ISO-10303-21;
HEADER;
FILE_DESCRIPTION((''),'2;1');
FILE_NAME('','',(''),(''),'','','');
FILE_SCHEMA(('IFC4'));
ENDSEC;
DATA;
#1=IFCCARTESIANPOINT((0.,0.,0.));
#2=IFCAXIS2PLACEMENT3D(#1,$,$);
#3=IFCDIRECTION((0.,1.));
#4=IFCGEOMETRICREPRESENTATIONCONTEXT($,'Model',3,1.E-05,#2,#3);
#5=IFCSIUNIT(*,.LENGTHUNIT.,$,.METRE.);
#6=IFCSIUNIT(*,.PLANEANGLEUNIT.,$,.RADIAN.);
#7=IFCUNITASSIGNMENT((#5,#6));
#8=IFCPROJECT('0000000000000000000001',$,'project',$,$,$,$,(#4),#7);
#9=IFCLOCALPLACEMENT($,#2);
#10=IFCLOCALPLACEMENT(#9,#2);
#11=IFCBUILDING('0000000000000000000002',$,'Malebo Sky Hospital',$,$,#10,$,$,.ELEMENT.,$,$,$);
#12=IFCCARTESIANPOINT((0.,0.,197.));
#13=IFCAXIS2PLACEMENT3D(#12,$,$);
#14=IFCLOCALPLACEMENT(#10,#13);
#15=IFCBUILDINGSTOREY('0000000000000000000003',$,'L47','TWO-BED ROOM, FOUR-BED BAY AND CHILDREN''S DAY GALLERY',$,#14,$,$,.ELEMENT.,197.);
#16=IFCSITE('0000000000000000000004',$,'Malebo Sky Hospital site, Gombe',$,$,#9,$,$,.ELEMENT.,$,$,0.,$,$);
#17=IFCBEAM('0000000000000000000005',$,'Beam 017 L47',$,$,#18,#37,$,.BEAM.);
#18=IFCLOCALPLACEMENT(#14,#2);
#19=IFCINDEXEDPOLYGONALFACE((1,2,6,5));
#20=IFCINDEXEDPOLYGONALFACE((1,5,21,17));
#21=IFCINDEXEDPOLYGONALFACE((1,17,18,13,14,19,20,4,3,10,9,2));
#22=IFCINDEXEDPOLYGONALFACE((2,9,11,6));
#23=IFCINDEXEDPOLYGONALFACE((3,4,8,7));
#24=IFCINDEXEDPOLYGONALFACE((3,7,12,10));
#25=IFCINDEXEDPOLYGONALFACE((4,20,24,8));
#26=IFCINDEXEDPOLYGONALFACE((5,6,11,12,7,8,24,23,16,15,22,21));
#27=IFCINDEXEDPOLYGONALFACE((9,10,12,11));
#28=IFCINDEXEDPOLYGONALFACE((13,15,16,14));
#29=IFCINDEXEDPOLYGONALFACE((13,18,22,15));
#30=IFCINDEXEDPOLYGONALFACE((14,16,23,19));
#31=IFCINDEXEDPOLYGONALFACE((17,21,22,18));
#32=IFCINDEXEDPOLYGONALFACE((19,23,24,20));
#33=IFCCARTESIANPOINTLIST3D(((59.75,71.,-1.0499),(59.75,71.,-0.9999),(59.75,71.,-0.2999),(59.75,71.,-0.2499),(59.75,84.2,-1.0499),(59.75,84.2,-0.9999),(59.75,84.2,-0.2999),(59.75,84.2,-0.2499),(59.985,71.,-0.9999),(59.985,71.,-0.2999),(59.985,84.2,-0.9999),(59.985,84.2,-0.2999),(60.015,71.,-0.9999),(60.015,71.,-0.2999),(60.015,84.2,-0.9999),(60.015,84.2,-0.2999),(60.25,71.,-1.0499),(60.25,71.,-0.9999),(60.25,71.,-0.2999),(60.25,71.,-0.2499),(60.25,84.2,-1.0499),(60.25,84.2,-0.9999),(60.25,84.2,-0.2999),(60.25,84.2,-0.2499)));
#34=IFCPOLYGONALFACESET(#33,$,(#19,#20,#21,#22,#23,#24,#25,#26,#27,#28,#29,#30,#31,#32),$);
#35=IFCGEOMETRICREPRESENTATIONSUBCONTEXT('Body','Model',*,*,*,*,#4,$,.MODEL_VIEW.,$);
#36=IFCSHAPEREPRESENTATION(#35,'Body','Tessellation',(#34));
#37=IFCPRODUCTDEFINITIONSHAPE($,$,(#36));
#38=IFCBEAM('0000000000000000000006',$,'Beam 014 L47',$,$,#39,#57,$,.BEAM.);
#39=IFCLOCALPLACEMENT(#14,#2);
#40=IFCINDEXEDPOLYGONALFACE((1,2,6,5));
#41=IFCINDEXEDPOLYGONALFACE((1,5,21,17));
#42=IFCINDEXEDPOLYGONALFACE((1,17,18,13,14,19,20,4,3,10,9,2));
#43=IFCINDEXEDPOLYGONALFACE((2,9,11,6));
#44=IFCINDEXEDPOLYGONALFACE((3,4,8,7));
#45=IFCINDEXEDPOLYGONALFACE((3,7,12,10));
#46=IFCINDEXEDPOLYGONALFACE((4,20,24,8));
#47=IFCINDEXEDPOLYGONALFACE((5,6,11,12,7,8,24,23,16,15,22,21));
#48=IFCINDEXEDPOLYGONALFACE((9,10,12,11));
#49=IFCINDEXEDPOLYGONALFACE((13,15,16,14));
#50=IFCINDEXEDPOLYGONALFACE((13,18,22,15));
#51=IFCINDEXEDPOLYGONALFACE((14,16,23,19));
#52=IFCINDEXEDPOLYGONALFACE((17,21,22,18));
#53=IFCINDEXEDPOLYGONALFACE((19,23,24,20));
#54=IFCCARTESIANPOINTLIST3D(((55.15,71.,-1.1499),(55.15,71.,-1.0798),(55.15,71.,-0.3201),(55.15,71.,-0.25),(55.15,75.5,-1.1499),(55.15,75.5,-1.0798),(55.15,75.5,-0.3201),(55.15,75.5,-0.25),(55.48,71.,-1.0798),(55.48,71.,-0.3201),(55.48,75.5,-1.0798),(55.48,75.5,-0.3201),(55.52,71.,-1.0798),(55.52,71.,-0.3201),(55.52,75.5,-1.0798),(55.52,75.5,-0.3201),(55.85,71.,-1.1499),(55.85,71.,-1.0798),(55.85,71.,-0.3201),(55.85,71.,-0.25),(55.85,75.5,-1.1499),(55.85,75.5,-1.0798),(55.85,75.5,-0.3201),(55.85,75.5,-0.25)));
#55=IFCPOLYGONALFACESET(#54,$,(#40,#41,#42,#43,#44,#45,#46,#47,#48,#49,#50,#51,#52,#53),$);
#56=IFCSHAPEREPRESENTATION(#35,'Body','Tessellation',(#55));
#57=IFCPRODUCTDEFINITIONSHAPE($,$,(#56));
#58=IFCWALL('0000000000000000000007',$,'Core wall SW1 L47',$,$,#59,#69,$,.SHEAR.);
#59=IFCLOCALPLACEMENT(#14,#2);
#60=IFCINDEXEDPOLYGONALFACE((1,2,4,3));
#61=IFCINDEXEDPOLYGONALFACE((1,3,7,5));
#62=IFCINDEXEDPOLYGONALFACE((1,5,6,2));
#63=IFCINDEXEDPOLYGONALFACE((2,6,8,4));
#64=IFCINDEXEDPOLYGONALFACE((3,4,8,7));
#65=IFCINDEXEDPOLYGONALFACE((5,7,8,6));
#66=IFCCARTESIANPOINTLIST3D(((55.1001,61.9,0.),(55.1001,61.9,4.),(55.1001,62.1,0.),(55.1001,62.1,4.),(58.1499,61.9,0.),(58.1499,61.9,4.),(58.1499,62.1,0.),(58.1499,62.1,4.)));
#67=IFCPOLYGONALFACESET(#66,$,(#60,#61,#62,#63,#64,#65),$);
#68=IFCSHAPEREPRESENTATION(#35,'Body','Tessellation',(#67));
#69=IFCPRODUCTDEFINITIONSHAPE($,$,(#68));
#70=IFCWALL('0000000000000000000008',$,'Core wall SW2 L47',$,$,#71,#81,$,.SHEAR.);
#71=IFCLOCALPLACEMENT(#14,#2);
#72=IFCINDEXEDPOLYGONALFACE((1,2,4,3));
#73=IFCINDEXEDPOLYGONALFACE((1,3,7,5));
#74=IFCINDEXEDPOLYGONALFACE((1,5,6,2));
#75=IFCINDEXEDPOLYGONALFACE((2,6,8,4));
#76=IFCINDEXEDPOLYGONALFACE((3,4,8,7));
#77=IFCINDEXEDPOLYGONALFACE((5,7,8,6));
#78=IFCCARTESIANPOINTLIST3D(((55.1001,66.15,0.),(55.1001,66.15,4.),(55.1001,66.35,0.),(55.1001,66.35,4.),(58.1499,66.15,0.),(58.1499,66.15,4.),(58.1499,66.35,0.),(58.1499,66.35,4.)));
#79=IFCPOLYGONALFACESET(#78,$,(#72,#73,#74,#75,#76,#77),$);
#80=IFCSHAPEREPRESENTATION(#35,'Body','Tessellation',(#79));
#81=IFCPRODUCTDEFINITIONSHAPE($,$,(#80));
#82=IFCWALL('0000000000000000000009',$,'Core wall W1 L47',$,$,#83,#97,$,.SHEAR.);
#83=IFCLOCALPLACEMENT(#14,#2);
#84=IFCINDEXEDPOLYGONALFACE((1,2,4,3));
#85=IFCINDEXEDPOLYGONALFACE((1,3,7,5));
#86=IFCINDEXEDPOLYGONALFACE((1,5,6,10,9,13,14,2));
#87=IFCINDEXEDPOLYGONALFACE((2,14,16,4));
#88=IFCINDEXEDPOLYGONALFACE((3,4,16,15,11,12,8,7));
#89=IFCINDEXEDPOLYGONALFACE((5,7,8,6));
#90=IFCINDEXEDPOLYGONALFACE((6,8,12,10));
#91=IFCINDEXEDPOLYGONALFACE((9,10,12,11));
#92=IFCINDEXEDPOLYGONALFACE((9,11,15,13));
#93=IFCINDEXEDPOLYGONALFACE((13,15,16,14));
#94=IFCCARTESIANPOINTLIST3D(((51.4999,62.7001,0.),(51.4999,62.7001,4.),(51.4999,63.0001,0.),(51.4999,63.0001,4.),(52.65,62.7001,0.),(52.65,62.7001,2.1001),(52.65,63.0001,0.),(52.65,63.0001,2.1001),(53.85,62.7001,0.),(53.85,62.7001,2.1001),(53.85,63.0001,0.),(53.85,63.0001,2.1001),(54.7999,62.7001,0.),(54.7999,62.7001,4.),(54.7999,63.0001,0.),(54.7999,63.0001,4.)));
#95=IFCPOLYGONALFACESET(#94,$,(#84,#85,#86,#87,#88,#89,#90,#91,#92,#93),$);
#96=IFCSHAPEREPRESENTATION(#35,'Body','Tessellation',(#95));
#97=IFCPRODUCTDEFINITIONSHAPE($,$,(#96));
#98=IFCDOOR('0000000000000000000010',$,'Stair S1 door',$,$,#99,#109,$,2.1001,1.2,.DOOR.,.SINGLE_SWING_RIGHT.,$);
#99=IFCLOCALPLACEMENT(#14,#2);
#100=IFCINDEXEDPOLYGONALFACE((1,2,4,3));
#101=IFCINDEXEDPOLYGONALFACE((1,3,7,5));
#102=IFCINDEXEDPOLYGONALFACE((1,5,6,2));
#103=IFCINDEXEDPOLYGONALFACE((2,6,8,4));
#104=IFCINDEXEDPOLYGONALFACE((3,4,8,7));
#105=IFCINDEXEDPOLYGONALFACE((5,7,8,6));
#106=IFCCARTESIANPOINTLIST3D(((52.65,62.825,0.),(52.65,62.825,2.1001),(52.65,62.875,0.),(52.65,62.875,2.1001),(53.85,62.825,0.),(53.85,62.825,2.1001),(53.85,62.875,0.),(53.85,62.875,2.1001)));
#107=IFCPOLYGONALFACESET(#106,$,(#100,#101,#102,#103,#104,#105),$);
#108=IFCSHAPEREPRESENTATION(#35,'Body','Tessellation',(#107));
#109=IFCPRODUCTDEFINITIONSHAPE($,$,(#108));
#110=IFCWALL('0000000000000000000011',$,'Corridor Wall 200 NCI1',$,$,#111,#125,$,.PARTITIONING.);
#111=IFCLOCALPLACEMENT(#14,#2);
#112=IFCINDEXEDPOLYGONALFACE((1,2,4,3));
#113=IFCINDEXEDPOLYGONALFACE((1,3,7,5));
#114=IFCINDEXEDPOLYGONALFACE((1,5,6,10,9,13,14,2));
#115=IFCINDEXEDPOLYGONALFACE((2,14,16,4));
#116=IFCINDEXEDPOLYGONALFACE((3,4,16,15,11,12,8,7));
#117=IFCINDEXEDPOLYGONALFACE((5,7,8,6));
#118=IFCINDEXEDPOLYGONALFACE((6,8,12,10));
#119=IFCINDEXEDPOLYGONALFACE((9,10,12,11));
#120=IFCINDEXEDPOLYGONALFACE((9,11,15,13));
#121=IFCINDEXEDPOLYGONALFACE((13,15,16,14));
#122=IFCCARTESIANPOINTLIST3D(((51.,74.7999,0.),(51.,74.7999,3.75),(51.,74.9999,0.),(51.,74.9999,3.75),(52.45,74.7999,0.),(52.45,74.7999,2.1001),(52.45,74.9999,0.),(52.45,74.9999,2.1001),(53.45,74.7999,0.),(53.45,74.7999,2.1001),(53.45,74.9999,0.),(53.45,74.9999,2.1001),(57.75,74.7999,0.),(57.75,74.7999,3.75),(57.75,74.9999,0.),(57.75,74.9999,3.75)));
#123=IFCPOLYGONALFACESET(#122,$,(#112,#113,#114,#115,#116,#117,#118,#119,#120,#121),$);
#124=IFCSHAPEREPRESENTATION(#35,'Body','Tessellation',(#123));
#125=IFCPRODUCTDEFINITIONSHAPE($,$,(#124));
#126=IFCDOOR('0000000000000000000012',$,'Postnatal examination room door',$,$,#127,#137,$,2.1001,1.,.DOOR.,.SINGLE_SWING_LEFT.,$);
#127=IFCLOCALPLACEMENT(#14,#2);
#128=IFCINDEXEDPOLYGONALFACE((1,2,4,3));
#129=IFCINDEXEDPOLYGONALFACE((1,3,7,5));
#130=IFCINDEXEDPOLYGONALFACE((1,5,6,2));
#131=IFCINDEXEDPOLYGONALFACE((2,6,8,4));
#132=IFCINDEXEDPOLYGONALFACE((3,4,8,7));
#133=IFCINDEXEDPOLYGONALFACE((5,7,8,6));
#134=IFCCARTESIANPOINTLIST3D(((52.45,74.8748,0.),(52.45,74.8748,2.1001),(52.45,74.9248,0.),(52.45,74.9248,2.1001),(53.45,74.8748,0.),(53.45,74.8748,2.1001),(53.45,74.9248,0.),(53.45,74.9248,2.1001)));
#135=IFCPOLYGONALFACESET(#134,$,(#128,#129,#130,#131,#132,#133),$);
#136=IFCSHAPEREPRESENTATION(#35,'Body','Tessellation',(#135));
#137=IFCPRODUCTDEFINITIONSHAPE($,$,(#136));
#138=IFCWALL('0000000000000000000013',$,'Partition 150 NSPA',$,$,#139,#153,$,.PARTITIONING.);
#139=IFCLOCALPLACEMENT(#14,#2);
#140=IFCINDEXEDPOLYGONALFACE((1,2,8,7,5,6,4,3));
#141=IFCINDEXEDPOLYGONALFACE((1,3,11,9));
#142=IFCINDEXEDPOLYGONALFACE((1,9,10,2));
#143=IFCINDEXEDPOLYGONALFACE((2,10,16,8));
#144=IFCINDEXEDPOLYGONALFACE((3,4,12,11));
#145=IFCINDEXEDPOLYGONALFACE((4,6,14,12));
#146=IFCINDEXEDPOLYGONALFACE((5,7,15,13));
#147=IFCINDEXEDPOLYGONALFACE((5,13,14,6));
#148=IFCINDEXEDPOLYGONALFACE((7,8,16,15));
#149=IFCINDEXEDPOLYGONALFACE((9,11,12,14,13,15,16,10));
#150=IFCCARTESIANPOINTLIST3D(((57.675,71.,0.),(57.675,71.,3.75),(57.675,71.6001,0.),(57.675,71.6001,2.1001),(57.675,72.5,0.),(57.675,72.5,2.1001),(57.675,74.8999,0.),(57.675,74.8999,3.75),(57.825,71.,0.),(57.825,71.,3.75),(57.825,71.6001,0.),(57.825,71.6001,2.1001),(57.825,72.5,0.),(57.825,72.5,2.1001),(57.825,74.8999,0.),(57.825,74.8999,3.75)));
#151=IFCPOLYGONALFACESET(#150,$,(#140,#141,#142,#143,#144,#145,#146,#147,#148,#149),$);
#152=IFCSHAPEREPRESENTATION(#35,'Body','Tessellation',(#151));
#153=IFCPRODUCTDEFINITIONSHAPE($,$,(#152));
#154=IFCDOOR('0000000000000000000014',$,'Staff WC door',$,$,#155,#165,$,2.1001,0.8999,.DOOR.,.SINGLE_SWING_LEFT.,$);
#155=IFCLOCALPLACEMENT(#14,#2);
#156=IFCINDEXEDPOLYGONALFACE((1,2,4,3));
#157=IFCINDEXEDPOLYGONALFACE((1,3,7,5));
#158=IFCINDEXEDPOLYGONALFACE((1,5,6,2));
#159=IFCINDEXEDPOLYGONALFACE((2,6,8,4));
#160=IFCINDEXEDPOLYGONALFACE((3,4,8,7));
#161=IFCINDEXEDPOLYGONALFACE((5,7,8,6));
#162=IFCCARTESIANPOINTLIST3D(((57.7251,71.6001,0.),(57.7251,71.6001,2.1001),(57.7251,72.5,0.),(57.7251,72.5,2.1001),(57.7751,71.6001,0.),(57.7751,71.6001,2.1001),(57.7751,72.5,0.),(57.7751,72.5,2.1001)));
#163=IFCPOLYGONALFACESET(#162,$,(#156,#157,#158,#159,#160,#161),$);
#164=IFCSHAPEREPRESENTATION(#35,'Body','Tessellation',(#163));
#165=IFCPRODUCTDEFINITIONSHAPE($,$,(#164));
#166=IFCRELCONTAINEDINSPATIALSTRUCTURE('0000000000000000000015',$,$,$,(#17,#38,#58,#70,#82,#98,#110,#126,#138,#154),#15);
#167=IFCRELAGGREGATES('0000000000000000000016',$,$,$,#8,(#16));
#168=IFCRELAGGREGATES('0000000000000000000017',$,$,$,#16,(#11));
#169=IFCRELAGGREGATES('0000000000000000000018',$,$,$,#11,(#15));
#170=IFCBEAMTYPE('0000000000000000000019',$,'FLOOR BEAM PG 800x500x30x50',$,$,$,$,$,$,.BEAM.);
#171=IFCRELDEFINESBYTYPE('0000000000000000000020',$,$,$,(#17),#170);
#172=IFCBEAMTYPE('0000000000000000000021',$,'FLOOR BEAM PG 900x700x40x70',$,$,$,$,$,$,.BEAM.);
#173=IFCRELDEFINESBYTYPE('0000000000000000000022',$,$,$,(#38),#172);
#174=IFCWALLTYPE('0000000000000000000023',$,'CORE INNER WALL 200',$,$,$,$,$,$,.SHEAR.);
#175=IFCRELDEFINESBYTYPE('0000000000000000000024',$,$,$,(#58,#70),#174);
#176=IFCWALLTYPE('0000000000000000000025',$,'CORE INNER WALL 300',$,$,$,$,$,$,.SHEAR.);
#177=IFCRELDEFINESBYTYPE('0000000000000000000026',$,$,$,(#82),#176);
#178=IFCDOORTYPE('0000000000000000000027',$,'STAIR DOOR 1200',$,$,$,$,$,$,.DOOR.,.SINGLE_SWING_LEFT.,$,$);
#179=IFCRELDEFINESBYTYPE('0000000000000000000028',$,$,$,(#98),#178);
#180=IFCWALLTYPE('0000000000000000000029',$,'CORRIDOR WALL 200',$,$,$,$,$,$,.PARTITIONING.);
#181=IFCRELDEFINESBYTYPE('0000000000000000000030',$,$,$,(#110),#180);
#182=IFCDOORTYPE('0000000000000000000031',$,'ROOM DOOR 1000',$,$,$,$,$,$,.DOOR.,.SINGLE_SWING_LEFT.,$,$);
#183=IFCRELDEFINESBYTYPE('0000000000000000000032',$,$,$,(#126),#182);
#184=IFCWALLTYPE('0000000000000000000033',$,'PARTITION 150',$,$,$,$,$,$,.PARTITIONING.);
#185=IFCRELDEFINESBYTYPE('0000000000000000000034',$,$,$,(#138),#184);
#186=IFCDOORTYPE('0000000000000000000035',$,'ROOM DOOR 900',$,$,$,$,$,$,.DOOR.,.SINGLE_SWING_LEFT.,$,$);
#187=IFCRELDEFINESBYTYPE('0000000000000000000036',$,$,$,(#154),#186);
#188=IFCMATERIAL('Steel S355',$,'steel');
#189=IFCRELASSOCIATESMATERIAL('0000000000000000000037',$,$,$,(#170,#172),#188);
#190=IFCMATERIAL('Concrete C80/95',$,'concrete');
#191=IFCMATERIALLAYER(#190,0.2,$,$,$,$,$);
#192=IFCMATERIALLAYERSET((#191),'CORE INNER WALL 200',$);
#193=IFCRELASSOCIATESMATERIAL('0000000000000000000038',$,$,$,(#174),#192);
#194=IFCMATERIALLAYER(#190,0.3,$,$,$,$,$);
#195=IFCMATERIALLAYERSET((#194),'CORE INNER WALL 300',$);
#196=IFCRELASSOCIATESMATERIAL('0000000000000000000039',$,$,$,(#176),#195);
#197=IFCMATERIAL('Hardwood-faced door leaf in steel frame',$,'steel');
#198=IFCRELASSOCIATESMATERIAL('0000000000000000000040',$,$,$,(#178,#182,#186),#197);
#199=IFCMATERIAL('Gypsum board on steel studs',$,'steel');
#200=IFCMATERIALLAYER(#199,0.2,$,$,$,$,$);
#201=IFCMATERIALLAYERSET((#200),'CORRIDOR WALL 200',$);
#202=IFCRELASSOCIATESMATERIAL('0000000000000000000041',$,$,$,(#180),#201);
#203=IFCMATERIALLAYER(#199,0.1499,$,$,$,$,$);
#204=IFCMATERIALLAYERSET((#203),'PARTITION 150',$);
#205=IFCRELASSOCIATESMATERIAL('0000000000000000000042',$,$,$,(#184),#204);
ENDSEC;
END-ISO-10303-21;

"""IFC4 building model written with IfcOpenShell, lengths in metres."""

from ifc_helpers import new_model, si_unit, direction, frame, frame_2d, origin, origin_2d, place, context, subcontext, project, spatial, rectangle, i_section, extrude, material, layer, layer_set, material_profile, profile_set, type_object, element, fill, save


model = new_model("IFC4")

# Units and contexts
model_context = context("Model", 3, precision=1e-05, world=origin(), true_north=direction((0.0, 1.0)))
body_context = subcontext(model_context, "Body", "Model", "MODEL_VIEW")
ifc_project = project(units=[si_unit("LENGTHUNIT", "METRE"), si_unit("PLANEANGLEUNIT", "RADIAN")], contexts=[model_context])

# Site, building, storey
site_placement = place(None, origin())
site = spatial("IfcSite", under=ifc_project, at=site_placement, Name="Malebo Sky Hospital site, Gombe", CompositionType="ELEMENT", RefElevation=0.0)
building_placement = place(site_placement, origin())
building = spatial("IfcBuilding", under=site, at=building_placement, Name="Malebo Sky Hospital", CompositionType="ELEMENT")
storey_placement = place(building_placement, frame((0.0, 0.0, 197.0)))
storey = spatial("IfcBuildingStorey", under=building, at=storey_placement, Name="L47", Description="TWO-BED ROOM, FOUR-BED BAY AND CHILDREN'S DAY GALLERY", CompositionType="ELEMENT", Elevation=197.0)

# Beams
ifc_material_1 = material(Name="Steel S355", Category="steel")
ifc_material_profile_1 = material_profile(ifc_material_1, i_section(OverallWidth=0.5, OverallDepth=0.8, WebThickness=0.03, FlangeThickness=0.05, at=origin_2d()), Name="PG 800x500x30x50")
ifc_profile_set_1 = profile_set([ifc_material_profile_1], Name="Steel S355")
beam_type_1 = type_object("IfcBeamType", Name="FLOOR BEAM PG 800x500x30x50", PredefinedType="BEAM", material=ifc_profile_set_1)
beam_1_placement = place(storey_placement, frame((60.0, 71.0, -0.6499), z_axis=(0.0, 1.0, 0.0), x_axis=(-1.0, 0.0, 0.0)))
element("IfcBeam", 1, at=beam_1_placement, inside=storey, type_object=beam_type_1, Name="Beam 017 L47", PredefinedType="BEAM", context=body_context, shape_type="SweptSolid", body=[
    extrude(i_section(OverallWidth=0.5, OverallDepth=0.8, WebThickness=0.03, FlangeThickness=0.05, at=origin_2d()), origin(), (0.0, 0.0, 1.0), 13.2),
])
ifc_material_profile_2 = material_profile(ifc_material_1, i_section(OverallWidth=0.7, OverallDepth=0.8999, WebThickness=0.04, FlangeThickness=0.0701, at=origin_2d()), Name="PG 900x700x40x70")
ifc_profile_set_2 = profile_set([ifc_material_profile_2], Name="Steel S355")
beam_type_2 = type_object("IfcBeamType", Name="FLOOR BEAM PG 900x700x40x70", PredefinedType="BEAM", material=ifc_profile_set_2)
beam_2_placement = place(storey_placement, frame((55.5, 71.0, -0.7), z_axis=(0.0, 1.0, 0.0), x_axis=(-1.0, 0.0, 0.0)))
element("IfcBeam", 2, at=beam_2_placement, inside=storey, type_object=beam_type_2, Name="Beam 014 L47", PredefinedType="BEAM", context=body_context, shape_type="SweptSolid", body=[
    extrude(i_section(OverallWidth=0.7, OverallDepth=0.8999, WebThickness=0.04, FlangeThickness=0.0701, at=origin_2d()), origin(), (0.0, 0.0, 1.0), 4.5),
])

# Walls
ifc_material_2 = material(Name="Concrete C80/95", Category="concrete")
ifc_layer_1 = layer(ifc_material_2, 0.2)
ifc_layer_set_1 = layer_set([ifc_layer_1], Name="CORE INNER WALL 200")
wall_type_1 = type_object("IfcWallType", Name="CORE INNER WALL 200", PredefinedType="SHEAR", material=ifc_layer_set_1)
for number, where, z_axis, x_axis, name in (
    (3, (55.1001, 62.0, 0.0), (0.0, 0.0, 1.0), (1.0, 0.0, 0.0), "Core wall SW1 L47"),
    (4, (55.1001, 66.25, 0.0), (0.0, 0.0, 1.0), (1.0, 0.0, 0.0), "Core wall SW2 L47"),
):
    element("IfcWall", number, at=place(storey_placement, frame(where, z_axis=z_axis, x_axis=x_axis)), inside=storey, type_object=wall_type_1, Name=name, PredefinedType="SHEAR", context=body_context, shape_type="SweptSolid", body=[
        extrude(rectangle(XDim=3.0498, YDim=0.2, at=frame_2d((1.5249, 0.0))), origin(), (0.0, 0.0, 1.0), 4.0),
    ])

# Walls, openings, doors
ifc_layer_2 = layer(ifc_material_2, 0.3)
ifc_layer_set_2 = layer_set([ifc_layer_2], Name="CORE INNER WALL 300")
wall_type_2 = type_object("IfcWallType", Name="CORE INNER WALL 300", PredefinedType="SHEAR", material=ifc_layer_set_2)
wall_1_placement = place(storey_placement, frame((51.5, 62.8501, 0.0), z_axis=(0.0, 0.0, 1.0), x_axis=(1.0, 0.0, 0.0)))
wall_1 = element("IfcWall", 5, at=wall_1_placement, inside=storey, type_object=wall_type_2, Name="Core wall W1 L47", PredefinedType="SHEAR", context=body_context, shape_type="SweptSolid", body=[
    extrude(rectangle(XDim=3.3, YDim=0.3, at=frame_2d((1.6499, 0.0))), origin(), (0.0, 0.0, 1.0), 4.0),
])
opening_1_placement = place(wall_1_placement, frame((1.1499, 0.0, 0.0)))
opening_1 = element("IfcOpeningElement", 6, at=opening_1_placement, cuts=wall_1, PredefinedType="OPENING", context=body_context, shape_type="SweptSolid", body=[
    extrude(rectangle(XDim=1.2, YDim=2.1001, at=frame_2d((0.6001, 1.05))), frame((0.0, 0.1599, 0.0), z_axis=(0.0, -1.0, 0.0), x_axis=(1.0, 0.0, 0.0)), (0.0, 0.0, 1.0), 0.3201),
])
ifc_material_3 = material(Name="Hardwood-faced door leaf in steel frame", Category="steel")
door_type_1 = type_object("IfcDoorType", Name="STAIR DOOR 1200", OperationType="SINGLE_SWING_LEFT", PredefinedType="DOOR", material=ifc_material_3)
door_1_placement = place(opening_1_placement, origin())
door_1 = element("IfcDoor", 7, at=door_1_placement, inside=storey, type_object=door_type_1, Name="Stair S1 door", OperationType="SINGLE_SWING_RIGHT", OverallHeight=2.1001, OverallWidth=1.2, PredefinedType="DOOR", context=body_context, shape_type="SweptSolid", body=[
    extrude(rectangle(XDim=1.2, YDim=2.1001, at=frame_2d((0.6001, 1.05))), frame((0.0, 0.0249, 0.0), z_axis=(0.0, -1.0, 0.0), x_axis=(1.0, 0.0, 0.0)), (0.0, 0.0, 1.0), 0.05),
])
fill(opening_1, door_1)
ifc_material_4 = material(Name="Gypsum board on steel studs", Category="steel")
ifc_layer_3 = layer(ifc_material_4, 0.2)
ifc_layer_set_3 = layer_set([ifc_layer_3], Name="CORRIDOR WALL 200")
wall_type_3 = type_object("IfcWallType", Name="CORRIDOR WALL 200", PredefinedType="PARTITIONING", material=ifc_layer_set_3)
wall_2_placement = place(storey_placement, frame((51.0, 74.8999, 0.0), z_axis=(0.0, 0.0, 1.0), x_axis=(1.0, 0.0, 0.0)))
wall_2 = element("IfcWall", 8, at=wall_2_placement, inside=storey, type_object=wall_type_3, Name="Corridor Wall 200 NCI1", PredefinedType="PARTITIONING", context=body_context, shape_type="SweptSolid", body=[
    extrude(rectangle(XDim=6.75, YDim=0.2, at=frame_2d((3.375, 0.0))), origin(), (0.0, 0.0, 1.0), 3.75),
])
opening_2_placement = place(wall_2_placement, frame((1.45, 0.0, 0.0)))
opening_2 = element("IfcOpeningElement", 9, at=opening_2_placement, cuts=wall_2, PredefinedType="OPENING", context=body_context, shape_type="SweptSolid", body=[
    extrude(rectangle(XDim=1.0, YDim=2.1001, at=frame_2d((0.5, 1.05))), frame((0.0, 0.1099, 0.0), z_axis=(0.0, -1.0, 0.0), x_axis=(1.0, 0.0, 0.0)), (0.0, 0.0, 1.0), 0.22),
])
door_type_2 = type_object("IfcDoorType", Name="ROOM DOOR 1000", OperationType="SINGLE_SWING_LEFT", PredefinedType="DOOR", material=ifc_material_3)
door_2_placement = place(opening_2_placement, origin())
door_2 = element("IfcDoor", 10, at=door_2_placement, inside=storey, type_object=door_type_2, Name="Postnatal examination room door", OperationType="SINGLE_SWING_LEFT", OverallHeight=2.1001, OverallWidth=1.0, PredefinedType="DOOR", context=body_context, shape_type="SweptSolid", body=[
    extrude(rectangle(XDim=1.0, YDim=2.1001, at=frame_2d((0.5, 1.05))), frame((0.0, 0.0249, 0.0), z_axis=(0.0, -1.0, 0.0), x_axis=(1.0, 0.0, 0.0)), (0.0, 0.0, 1.0), 0.05),
])
fill(opening_2, door_2)
ifc_layer_4 = layer(ifc_material_4, 0.1499)
ifc_layer_set_4 = layer_set([ifc_layer_4], Name="PARTITION 150")
wall_type_4 = type_object("IfcWallType", Name="PARTITION 150", PredefinedType="PARTITIONING", material=ifc_layer_set_4)
wall_3_placement = place(storey_placement, frame((57.75, 71.0, 0.0), z_axis=(0.0, 0.0, 1.0), x_axis=(0.0, 1.0, 0.0)))
wall_3 = element("IfcWall", 11, at=wall_3_placement, inside=storey, type_object=wall_type_4, Name="Partition 150 NSPA", PredefinedType="PARTITIONING", context=body_context, shape_type="SweptSolid", body=[
    extrude(rectangle(XDim=3.8999, YDim=0.1499, at=frame_2d((1.95, 0.0))), origin(), (0.0, 0.0, 1.0), 3.75),
])
opening_3_placement = place(wall_3_placement, frame((0.6001, 0.0, 0.0)))
opening_3 = element("IfcOpeningElement", 12, at=opening_3_placement, cuts=wall_3, PredefinedType="OPENING", context=body_context, shape_type="SweptSolid", body=[
    extrude(rectangle(XDim=0.8999, YDim=2.1001, at=frame_2d((0.45, 1.05))), frame((0.0, 0.085, 0.0), z_axis=(0.0, -1.0, 0.0), x_axis=(1.0, 0.0, 0.0)), (0.0, 0.0, 1.0), 0.1699),
])
door_type_3 = type_object("IfcDoorType", Name="ROOM DOOR 900", OperationType="SINGLE_SWING_LEFT", PredefinedType="DOOR", material=ifc_material_3)
door_3_placement = place(opening_3_placement, origin())
door_3 = element("IfcDoor", 13, at=door_3_placement, inside=storey, type_object=door_type_3, Name="Staff WC door", OperationType="SINGLE_SWING_LEFT", OverallHeight=2.1001, OverallWidth=0.8999, PredefinedType="DOOR", context=body_context, shape_type="SweptSolid", body=[
    extrude(rectangle(XDim=0.8999, YDim=2.1001, at=frame_2d((0.45, 1.05))), frame((0.0, 0.0249, 0.0), z_axis=(0.0, -1.0, 0.0), x_axis=(1.0, 0.0, 0.0)), (0.0, 0.0, 1.0), 0.05),
])
fill(opening_3, door_3)

save(model, "model.ifc")
